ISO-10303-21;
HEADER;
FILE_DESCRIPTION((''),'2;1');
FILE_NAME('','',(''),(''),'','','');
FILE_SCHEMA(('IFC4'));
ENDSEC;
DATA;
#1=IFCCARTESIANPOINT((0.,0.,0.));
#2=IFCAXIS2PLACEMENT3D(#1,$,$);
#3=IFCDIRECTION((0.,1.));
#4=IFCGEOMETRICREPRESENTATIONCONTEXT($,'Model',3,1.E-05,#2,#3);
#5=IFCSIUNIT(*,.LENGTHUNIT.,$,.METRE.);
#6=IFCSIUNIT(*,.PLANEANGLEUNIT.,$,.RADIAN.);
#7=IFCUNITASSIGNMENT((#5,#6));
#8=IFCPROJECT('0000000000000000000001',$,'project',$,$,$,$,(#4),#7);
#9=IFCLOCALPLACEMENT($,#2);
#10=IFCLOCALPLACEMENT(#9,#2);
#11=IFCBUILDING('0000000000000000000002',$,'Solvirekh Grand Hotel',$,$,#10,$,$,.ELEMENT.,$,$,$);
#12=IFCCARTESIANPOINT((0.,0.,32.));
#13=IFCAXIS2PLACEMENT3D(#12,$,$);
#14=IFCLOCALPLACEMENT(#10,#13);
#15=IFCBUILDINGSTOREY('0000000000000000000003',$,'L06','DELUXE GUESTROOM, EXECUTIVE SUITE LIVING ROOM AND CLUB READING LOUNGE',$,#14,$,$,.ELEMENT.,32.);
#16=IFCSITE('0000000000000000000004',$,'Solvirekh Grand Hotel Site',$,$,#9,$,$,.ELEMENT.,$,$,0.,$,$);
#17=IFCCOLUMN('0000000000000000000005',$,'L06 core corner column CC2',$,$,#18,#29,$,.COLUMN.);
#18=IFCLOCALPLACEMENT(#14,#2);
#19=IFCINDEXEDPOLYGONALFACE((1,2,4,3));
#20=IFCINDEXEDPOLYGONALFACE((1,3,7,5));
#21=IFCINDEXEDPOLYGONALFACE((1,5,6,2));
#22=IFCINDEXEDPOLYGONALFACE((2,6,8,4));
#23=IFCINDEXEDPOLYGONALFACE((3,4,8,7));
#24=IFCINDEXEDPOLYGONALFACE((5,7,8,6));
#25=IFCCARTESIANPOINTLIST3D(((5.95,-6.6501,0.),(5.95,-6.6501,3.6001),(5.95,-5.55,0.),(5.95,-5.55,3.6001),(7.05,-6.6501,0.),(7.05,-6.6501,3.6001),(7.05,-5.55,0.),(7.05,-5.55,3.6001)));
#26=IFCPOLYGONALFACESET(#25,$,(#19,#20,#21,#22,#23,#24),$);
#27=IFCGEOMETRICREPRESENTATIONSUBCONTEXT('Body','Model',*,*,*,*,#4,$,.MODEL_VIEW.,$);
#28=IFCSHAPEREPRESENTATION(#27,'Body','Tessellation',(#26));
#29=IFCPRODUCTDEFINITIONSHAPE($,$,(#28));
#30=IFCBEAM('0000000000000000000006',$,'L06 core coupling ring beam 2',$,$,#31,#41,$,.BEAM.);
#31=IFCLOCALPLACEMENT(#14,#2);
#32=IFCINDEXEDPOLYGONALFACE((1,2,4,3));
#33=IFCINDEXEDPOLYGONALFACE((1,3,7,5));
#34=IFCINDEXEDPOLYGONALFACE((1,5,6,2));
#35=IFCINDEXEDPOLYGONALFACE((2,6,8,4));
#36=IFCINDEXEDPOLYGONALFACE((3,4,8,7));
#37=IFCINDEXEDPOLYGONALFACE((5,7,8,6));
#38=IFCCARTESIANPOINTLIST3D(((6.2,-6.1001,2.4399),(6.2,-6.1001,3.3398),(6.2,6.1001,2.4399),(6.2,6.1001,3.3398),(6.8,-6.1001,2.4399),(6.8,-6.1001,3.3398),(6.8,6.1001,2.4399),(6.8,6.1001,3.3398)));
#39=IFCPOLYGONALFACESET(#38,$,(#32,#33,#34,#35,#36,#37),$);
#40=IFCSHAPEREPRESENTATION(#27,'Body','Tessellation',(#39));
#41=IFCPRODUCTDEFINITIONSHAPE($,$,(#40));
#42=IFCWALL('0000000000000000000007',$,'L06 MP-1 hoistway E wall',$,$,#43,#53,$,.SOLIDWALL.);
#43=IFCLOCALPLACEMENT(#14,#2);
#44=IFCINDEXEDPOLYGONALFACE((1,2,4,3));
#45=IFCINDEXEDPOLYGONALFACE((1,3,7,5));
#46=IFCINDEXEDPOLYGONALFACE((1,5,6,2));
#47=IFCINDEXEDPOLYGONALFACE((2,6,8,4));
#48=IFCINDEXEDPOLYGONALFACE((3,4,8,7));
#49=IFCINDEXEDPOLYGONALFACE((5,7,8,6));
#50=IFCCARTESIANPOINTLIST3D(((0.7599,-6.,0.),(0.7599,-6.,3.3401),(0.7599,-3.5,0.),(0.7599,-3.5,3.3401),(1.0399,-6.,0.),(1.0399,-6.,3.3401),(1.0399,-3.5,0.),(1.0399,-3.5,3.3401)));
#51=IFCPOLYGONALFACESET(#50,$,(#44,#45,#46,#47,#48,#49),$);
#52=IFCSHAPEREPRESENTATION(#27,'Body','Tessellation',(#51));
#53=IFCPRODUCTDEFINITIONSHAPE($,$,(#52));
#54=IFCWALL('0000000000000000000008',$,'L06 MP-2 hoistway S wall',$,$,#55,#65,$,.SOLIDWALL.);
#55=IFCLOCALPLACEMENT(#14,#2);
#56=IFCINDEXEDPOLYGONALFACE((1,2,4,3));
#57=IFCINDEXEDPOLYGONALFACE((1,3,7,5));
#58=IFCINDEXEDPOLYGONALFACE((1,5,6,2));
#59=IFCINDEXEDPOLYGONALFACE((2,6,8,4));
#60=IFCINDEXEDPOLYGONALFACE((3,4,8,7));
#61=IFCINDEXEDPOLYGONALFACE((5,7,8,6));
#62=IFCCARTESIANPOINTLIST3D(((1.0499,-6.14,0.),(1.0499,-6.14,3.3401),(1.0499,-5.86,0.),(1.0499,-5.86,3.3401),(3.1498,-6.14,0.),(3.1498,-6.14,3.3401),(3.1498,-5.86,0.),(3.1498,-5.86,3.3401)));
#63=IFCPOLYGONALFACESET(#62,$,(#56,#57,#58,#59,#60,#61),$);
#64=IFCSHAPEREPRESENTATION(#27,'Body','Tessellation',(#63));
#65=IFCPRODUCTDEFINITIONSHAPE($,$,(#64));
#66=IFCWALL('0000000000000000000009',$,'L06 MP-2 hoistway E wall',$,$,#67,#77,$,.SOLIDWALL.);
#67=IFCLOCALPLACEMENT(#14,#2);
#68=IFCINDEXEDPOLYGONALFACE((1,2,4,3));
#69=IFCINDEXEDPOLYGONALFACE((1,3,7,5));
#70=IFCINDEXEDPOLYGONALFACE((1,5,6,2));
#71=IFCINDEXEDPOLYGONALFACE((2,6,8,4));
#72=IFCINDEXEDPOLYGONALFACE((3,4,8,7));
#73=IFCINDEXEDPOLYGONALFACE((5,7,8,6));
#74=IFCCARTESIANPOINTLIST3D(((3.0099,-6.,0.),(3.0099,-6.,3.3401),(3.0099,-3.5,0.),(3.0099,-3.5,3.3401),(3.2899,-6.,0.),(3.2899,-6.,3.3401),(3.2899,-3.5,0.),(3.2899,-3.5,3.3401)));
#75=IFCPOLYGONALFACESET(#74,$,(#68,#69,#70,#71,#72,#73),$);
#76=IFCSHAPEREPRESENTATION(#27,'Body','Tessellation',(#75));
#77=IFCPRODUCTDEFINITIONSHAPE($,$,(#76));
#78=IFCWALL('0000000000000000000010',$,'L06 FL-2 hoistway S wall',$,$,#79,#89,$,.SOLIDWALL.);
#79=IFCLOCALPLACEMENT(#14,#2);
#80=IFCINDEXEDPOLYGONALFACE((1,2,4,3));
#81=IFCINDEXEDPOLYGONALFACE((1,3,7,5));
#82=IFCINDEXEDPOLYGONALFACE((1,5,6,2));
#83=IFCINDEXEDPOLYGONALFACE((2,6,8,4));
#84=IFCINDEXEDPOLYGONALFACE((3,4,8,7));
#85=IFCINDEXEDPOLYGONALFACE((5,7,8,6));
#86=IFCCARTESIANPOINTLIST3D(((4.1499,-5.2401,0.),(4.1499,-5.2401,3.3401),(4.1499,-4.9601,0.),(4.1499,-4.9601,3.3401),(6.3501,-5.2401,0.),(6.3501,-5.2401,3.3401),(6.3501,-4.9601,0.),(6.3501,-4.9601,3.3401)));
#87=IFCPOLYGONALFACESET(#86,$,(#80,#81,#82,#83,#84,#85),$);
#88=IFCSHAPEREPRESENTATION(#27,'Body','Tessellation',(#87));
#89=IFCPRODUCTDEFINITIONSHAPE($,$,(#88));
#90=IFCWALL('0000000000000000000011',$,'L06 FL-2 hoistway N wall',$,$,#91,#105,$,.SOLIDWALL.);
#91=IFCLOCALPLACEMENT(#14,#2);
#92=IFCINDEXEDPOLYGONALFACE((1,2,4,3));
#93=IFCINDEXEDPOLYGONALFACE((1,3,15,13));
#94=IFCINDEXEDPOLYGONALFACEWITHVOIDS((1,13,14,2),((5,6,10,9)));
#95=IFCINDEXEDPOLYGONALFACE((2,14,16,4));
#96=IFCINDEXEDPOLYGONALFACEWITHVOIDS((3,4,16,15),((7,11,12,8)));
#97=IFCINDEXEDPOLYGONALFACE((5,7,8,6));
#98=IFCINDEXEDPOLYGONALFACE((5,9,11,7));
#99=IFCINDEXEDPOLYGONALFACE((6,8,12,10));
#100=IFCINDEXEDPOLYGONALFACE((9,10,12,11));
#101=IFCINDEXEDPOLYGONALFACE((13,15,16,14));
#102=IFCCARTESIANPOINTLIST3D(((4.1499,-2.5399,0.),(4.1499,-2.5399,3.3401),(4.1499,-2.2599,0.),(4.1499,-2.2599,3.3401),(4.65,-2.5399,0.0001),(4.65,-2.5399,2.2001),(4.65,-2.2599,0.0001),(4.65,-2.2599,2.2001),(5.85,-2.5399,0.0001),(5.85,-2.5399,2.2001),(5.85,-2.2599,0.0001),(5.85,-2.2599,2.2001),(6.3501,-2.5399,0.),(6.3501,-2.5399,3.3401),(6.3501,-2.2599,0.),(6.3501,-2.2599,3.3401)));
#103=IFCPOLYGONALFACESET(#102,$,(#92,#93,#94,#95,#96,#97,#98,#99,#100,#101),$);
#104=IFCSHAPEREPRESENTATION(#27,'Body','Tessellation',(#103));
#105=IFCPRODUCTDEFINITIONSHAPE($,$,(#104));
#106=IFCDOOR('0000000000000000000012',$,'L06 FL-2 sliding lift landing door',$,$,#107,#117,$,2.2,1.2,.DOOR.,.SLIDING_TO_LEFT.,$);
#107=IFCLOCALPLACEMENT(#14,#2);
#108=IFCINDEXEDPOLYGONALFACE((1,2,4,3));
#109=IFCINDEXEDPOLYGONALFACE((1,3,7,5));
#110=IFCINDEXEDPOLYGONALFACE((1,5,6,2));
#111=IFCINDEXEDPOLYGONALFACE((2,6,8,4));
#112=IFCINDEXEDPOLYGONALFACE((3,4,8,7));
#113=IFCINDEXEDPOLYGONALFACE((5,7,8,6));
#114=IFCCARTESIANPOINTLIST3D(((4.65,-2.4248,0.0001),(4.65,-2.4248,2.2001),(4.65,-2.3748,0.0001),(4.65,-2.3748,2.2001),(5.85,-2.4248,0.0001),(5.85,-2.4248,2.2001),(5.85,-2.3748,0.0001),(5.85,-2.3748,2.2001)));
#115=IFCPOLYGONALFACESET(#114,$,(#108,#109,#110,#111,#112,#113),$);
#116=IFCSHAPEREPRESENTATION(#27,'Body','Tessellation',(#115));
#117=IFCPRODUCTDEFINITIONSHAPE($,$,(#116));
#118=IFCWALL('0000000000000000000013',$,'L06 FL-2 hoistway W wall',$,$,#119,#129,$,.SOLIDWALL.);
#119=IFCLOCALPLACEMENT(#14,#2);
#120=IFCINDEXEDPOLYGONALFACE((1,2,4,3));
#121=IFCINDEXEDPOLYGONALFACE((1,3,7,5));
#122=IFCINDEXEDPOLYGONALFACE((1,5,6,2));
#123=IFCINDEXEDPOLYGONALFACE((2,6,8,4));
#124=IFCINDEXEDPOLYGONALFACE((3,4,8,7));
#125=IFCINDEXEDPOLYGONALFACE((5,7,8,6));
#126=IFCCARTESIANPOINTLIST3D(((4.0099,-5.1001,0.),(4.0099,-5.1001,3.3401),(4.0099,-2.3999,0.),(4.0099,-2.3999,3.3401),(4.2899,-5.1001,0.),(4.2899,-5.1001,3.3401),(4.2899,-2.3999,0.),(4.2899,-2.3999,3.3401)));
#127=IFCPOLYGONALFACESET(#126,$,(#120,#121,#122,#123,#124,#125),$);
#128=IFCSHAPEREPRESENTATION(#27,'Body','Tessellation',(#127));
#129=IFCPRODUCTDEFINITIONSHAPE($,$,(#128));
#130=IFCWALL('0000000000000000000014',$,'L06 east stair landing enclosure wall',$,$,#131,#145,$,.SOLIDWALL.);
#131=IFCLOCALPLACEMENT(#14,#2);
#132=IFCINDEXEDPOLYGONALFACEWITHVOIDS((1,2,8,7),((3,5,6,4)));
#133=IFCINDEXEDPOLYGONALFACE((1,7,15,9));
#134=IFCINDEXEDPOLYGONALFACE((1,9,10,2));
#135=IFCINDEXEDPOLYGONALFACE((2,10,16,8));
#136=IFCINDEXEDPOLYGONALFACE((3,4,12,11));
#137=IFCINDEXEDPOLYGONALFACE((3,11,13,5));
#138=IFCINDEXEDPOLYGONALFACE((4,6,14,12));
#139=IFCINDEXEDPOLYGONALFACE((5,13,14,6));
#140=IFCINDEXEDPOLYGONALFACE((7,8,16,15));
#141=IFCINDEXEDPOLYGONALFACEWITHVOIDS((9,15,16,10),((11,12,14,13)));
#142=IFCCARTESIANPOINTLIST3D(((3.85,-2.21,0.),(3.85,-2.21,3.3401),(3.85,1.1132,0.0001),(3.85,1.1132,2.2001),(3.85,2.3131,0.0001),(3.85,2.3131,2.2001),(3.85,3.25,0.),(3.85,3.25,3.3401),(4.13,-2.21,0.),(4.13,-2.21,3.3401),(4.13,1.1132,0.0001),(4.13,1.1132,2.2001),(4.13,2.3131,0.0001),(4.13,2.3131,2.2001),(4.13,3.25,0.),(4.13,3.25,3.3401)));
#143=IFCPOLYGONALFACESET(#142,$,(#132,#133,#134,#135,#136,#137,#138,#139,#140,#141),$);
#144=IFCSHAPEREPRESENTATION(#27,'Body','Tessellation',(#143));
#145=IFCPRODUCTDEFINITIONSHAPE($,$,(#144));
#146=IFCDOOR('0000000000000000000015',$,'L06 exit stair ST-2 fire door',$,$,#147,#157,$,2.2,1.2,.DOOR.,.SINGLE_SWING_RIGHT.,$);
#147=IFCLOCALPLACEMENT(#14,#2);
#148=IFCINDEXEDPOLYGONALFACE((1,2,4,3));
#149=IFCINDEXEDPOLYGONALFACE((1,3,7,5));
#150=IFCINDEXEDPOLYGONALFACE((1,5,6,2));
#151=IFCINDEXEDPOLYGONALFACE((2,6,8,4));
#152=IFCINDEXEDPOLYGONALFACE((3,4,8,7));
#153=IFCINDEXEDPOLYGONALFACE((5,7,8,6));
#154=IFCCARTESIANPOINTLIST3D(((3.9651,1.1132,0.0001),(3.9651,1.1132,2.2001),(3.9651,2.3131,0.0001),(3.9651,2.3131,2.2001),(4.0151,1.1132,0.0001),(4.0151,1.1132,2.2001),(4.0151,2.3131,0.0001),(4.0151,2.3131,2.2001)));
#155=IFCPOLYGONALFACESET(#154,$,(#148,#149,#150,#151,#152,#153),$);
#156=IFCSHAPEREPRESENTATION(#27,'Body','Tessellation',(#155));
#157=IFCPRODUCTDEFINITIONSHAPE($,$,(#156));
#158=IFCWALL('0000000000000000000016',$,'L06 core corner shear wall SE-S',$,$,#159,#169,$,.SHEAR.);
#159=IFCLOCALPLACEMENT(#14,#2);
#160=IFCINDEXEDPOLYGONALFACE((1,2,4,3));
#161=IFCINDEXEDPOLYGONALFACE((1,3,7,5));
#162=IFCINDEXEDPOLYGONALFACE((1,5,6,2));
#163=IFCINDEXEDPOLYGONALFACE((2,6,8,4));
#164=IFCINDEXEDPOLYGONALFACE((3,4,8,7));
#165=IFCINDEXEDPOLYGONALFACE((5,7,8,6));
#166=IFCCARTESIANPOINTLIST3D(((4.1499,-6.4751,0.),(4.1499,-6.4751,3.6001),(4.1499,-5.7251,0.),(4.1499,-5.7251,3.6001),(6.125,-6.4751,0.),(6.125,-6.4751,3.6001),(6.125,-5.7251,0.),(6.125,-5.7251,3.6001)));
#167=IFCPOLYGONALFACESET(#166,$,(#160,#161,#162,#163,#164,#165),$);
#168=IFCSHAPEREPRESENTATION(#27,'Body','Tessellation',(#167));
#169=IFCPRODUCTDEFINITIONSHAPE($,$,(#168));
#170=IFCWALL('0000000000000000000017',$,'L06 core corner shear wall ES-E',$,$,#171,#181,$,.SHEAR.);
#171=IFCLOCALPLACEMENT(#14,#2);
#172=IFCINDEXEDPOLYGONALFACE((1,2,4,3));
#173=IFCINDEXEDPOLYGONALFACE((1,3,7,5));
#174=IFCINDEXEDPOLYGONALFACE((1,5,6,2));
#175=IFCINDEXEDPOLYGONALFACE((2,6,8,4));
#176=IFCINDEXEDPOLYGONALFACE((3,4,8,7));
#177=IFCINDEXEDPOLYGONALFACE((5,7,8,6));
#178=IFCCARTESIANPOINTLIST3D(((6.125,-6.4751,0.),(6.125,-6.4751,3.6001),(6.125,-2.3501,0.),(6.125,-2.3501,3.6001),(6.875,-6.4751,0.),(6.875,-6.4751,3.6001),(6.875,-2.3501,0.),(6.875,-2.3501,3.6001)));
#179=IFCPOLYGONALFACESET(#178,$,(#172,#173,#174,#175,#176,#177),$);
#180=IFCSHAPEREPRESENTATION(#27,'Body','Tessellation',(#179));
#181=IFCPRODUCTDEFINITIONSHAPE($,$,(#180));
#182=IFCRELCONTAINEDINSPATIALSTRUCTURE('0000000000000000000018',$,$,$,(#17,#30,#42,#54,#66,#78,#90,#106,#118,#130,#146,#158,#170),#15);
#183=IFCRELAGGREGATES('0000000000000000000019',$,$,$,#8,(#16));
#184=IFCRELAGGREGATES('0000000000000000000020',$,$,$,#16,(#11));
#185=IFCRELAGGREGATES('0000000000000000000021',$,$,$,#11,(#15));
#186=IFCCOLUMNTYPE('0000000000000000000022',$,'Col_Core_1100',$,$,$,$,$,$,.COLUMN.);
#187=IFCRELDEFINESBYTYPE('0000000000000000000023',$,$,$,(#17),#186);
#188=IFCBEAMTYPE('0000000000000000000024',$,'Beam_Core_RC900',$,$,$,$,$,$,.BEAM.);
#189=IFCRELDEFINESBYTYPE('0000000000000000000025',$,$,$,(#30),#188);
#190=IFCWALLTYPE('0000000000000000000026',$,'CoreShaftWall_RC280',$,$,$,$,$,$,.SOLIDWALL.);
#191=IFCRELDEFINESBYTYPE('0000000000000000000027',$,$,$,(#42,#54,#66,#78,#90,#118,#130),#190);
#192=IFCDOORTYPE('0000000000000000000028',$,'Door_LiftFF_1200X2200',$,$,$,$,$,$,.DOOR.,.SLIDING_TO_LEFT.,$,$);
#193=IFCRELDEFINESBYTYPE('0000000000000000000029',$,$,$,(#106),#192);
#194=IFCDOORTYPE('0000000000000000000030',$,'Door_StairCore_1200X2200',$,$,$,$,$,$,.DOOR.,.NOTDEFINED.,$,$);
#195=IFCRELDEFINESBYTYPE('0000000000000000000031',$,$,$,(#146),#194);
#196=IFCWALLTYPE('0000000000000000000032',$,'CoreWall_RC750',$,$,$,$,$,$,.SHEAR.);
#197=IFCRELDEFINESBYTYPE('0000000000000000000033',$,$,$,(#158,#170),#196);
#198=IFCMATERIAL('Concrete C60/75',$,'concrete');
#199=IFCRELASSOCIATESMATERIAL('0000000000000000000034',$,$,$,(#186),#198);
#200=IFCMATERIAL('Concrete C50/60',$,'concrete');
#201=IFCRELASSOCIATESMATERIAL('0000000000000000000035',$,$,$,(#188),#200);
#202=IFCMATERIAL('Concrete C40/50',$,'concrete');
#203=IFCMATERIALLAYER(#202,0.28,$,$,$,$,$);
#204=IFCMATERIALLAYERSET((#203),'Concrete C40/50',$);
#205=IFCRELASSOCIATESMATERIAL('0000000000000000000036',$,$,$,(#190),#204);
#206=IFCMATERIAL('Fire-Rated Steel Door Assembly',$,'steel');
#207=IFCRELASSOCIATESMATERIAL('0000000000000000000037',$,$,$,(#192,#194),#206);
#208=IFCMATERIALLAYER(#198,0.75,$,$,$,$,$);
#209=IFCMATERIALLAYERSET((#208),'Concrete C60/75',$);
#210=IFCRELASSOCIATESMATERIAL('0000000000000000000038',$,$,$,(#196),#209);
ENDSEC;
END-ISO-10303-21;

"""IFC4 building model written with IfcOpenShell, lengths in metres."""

from ifc_helpers import new_model, si_unit, direction, frame, frame_2d, origin, origin_2d, place, context, subcontext, project, spatial, rectangle, extrude, material, layer, layer_set, material_profile, profile_set, type_object, element, fill, save


model = new_model("IFC4")

# Units and contexts
model_context = context("Model", 3, precision=1e-05, world=origin(), true_north=direction((0.0, 1.0)))
body_context = subcontext(model_context, "Body", "Model", "MODEL_VIEW")
ifc_project = project(units=[si_unit("LENGTHUNIT", "METRE"), si_unit("PLANEANGLEUNIT", "RADIAN")], contexts=[model_context])

# Site, building, storey
site_placement = place(None, origin())
site = spatial("IfcSite", under=ifc_project, at=site_placement, Name="Solvirekh Grand Hotel Site", CompositionType="ELEMENT", RefElevation=0.0)
building_placement = place(site_placement, origin())
building = spatial("IfcBuilding", under=site, at=building_placement, Name="Solvirekh Grand Hotel", CompositionType="ELEMENT")
storey_placement = place(building_placement, frame((0.0, 0.0, 32.0)))
storey = spatial("IfcBuildingStorey", under=building, at=storey_placement, Name="L06", Description="DELUXE GUESTROOM, EXECUTIVE SUITE LIVING ROOM AND CLUB READING LOUNGE", CompositionType="ELEMENT", Elevation=32.0)

# Column
ifc_material_1 = material(Name="Concrete C60/75", Category="concrete")
ifc_material_profile_1 = material_profile(ifc_material_1, rectangle(XDim=1.1001, YDim=1.1001, at=origin_2d()), Name="RC 1100X1100")
ifc_profile_set_1 = profile_set([ifc_material_profile_1], Name="Concrete C60/75")
column_type = type_object("IfcColumnType", Name="Col_Core_1100", PredefinedType="COLUMN", material=ifc_profile_set_1)
column_placement = place(storey_placement, frame((6.5, -6.1001, 0.0), z_axis=(0.0, 0.0, 1.0), x_axis=(1.0, 0.0, 0.0)))
element("IfcColumn", 1, at=column_placement, inside=storey, type_object=column_type, Name="L06 core corner column CC2", PredefinedType="COLUMN", context=body_context, shape_type="SweptSolid", body=[
    extrude(rectangle(XDim=1.1001, YDim=1.1001, at=origin_2d()), origin(), (0.0, 0.0, 1.0), 3.6001),
])

# Beam
ifc_material_2 = material(Name="Concrete C50/60", Category="concrete")
ifc_material_profile_2 = material_profile(ifc_material_2, rectangle(XDim=0.6001, YDim=0.8999, at=origin_2d()), Name="RC BEAM 600X900")
ifc_profile_set_2 = profile_set([ifc_material_profile_2], Name="Concrete C50/60")
beam_type = type_object("IfcBeamType", Name="Beam_Core_RC900", PredefinedType="BEAM", material=ifc_profile_set_2)
beam_placement = place(storey_placement, frame((6.5, -6.1001, 2.8899), z_axis=(0.0, 1.0, 0.0), x_axis=(-1.0, 0.0, 0.0)))
element("IfcBeam", 2, at=beam_placement, inside=storey, type_object=beam_type, Name="L06 core coupling ring beam 2", PredefinedType="BEAM", context=body_context, shape_type="SweptSolid", body=[
    extrude(rectangle(XDim=0.6001, YDim=0.8999, at=origin_2d()), origin(), (0.0, 0.0, 1.0), 12.2002),
])

# Walls
ifc_material_3 = material(Name="Concrete C40/50", Category="concrete")
ifc_layer_1 = layer(ifc_material_3, 0.28)
ifc_layer_set_1 = layer_set([ifc_layer_1], Name="Concrete C40/50")
wall_type_1 = type_object("IfcWallType", Name="CoreShaftWall_RC280", PredefinedType="SOLIDWALL", material=ifc_layer_set_1)
wall_1_placement = place(storey_placement, frame((0.8999, -6.0, 0.0), z_axis=(0.0, 0.0, 1.0), x_axis=(0.0, 1.0, 0.0)))
element("IfcWall", 3, at=wall_1_placement, inside=storey, type_object=wall_type_1, Name="L06 MP-1 hoistway E wall", PredefinedType="SOLIDWALL", context=body_context, shape_type="SweptSolid", body=[
    extrude(rectangle(XDim=2.5, YDim=0.28, at=frame_2d((1.25, 0.0))), origin(), (0.0, 0.0, 1.0), 3.3401),
])
wall_2_placement = place(storey_placement, frame((1.05, -6.0, 0.0), z_axis=(0.0, 0.0, 1.0), x_axis=(1.0, 0.0, 0.0)))
element("IfcWall", 4, at=wall_2_placement, inside=storey, type_object=wall_type_1, Name="L06 MP-2 hoistway S wall", PredefinedType="SOLIDWALL", context=body_context, shape_type="SweptSolid", body=[
    extrude(rectangle(XDim=2.0999, YDim=0.28, at=frame_2d((1.0498, 0.0))), origin(), (0.0, 0.0, 1.0), 3.3401),
])
wall_3_placement = place(storey_placement, frame((3.1499, -6.0, 0.0), z_axis=(0.0, 0.0, 1.0), x_axis=(0.0, 1.0, 0.0)))
element("IfcWall", 5, at=wall_3_placement, inside=storey, type_object=wall_type_1, Name="L06 MP-2 hoistway E wall", PredefinedType="SOLIDWALL", context=body_context, shape_type="SweptSolid", body=[
    extrude(rectangle(XDim=2.5, YDim=0.28, at=frame_2d((1.25, 0.0))), origin(), (0.0, 0.0, 1.0), 3.3401),
])
wall_4_placement = place(storey_placement, frame((4.1499, -5.1001, 0.0), z_axis=(0.0, 0.0, 1.0), x_axis=(1.0, 0.0, 0.0)))
element("IfcWall", 6, at=wall_4_placement, inside=storey, type_object=wall_type_1, Name="L06 FL-2 hoistway S wall", PredefinedType="SOLIDWALL", context=body_context, shape_type="SweptSolid", body=[
    extrude(rectangle(XDim=2.2002, YDim=0.28, at=frame_2d((1.1001, 0.0))), origin(), (0.0, 0.0, 1.0), 3.3401),
])

# Wall, opening, door
wall_5_placement = place(storey_placement, frame((6.3501, -2.3999, 0.0), z_axis=(0.0, 0.0, 1.0), x_axis=(-1.0, 0.0, 0.0)))
wall_5 = element("IfcWall", 7, at=wall_5_placement, inside=storey, type_object=wall_type_1, Name="L06 FL-2 hoistway N wall", PredefinedType="SOLIDWALL", context=body_context, shape_type="SweptSolid", body=[
    extrude(rectangle(XDim=2.2002, YDim=0.28, at=frame_2d((1.1001, 0.0))), origin(), (0.0, 0.0, 1.0), 3.3401),
])
opening_1_placement = place(wall_5_placement, frame((0.5, 0.0, 0.0)))
opening_1 = element("IfcOpeningElement", 8, at=opening_1_placement, cuts=wall_5, PredefinedType="OPENING", context=body_context, shape_type="SweptSolid", body=[
    extrude(rectangle(XDim=1.2, YDim=2.2, at=frame_2d((0.6001, 1.1001))), frame((0.0, 0.1499, 0.0), z_axis=(0.0, -1.0, 0.0), x_axis=(1.0, 0.0, 0.0)), (0.0, 0.0, 1.0), 0.3),
])
ifc_material_4 = material(Name="Fire-Rated Steel Door Assembly", Category="steel")
door_type_1 = type_object("IfcDoorType", Name="Door_LiftFF_1200X2200", OperationType="SLIDING_TO_LEFT", PredefinedType="DOOR", material=ifc_material_4)
door_1_placement = place(opening_1_placement, origin())
door_1 = element("IfcDoor", 9, at=door_1_placement, inside=storey, type_object=door_type_1, Name="L06 FL-2 sliding lift landing door", OperationType="SLIDING_TO_LEFT", OverallHeight=2.2, OverallWidth=1.2, PredefinedType="DOOR", context=body_context, shape_type="SweptSolid", body=[
    extrude(rectangle(XDim=1.2, YDim=2.2, at=frame_2d((0.6001, 1.1001))), frame((0.0, 0.0249, 0.0), z_axis=(0.0, -1.0, 0.0), x_axis=(1.0, 0.0, 0.0)), (0.0, 0.0, 1.0), 0.05),
])
fill(opening_1, door_1)

# Wall
wall_6_placement = place(storey_placement, frame((4.1499, -2.3999, 0.0), z_axis=(0.0, 0.0, 1.0), x_axis=(0.0, -1.0, 0.0)))
element("IfcWall", 10, at=wall_6_placement, inside=storey, type_object=wall_type_1, Name="L06 FL-2 hoistway W wall", PredefinedType="SOLIDWALL", context=body_context, shape_type="SweptSolid", body=[
    extrude(rectangle(XDim=2.7002, YDim=0.28, at=frame_2d((1.3501, 0.0))), origin(), (0.0, 0.0, 1.0), 3.3401),
])

# Wall, opening, door
wall_7_placement = place(storey_placement, frame((3.99, -2.21, 0.0), z_axis=(0.0, 0.0, 1.0), x_axis=(0.0, 1.0, 0.0)))
wall_7 = element("IfcWall", 11, at=wall_7_placement, inside=storey, type_object=wall_type_1, Name="L06 east stair landing enclosure wall", PredefinedType="SOLIDWALL", context=body_context, shape_type="SweptSolid", body=[
    extrude(rectangle(XDim=5.46, YDim=0.28, at=frame_2d((2.73, 0.0))), origin(), (0.0, 0.0, 1.0), 3.3401),
])
opening_2_placement = place(wall_7_placement, frame((3.323, 0.0, 0.0)))
opening_2 = element("IfcOpeningElement", 12, at=opening_2_placement, cuts=wall_7, PredefinedType="OPENING", context=body_context, shape_type="SweptSolid", body=[
    extrude(rectangle(XDim=1.2, YDim=2.2, at=frame_2d((0.6001, 1.1001))), frame((0.0, 0.1499, 0.0), z_axis=(0.0, -1.0, 0.0), x_axis=(1.0, 0.0, 0.0)), (0.0, 0.0, 1.0), 0.3),
])
door_type_2 = type_object("IfcDoorType", Name="Door_StairCore_1200X2200", OperationType="NOTDEFINED", PredefinedType="DOOR", material=ifc_material_4)
door_2_placement = place(opening_2_placement, origin())
door_2 = element("IfcDoor", 13, at=door_2_placement, inside=storey, type_object=door_type_2, Name="L06 exit stair ST-2 fire door", OperationType="SINGLE_SWING_RIGHT", OverallHeight=2.2, OverallWidth=1.2, PredefinedType="DOOR", context=body_context, shape_type="SweptSolid", body=[
    extrude(rectangle(XDim=1.2, YDim=2.2, at=frame_2d((0.6001, 1.1001))), frame((0.0, 0.0249, 0.0), z_axis=(0.0, -1.0, 0.0), x_axis=(1.0, 0.0, 0.0)), (0.0, 0.0, 1.0), 0.05),
])
fill(opening_2, door_2)

# Walls
ifc_layer_2 = layer(ifc_material_1, 0.75)
ifc_layer_set_2 = layer_set([ifc_layer_2], Name="Concrete C60/75")
wall_type_2 = type_object("IfcWallType", Name="CoreWall_RC750", PredefinedType="SHEAR", material=ifc_layer_set_2)
wall_8_placement = place(storey_placement, frame((4.1499, -6.1001, 0.0), z_axis=(0.0, 0.0, 1.0), x_axis=(1.0, 0.0, 0.0)))
element("IfcWall", 14, at=wall_8_placement, inside=storey, type_object=wall_type_2, Name="L06 core corner shear wall SE-S", PredefinedType="SHEAR", context=body_context, shape_type="SweptSolid", body=[
    extrude(rectangle(XDim=1.9751, YDim=0.75, at=frame_2d((0.9875, 0.0))), origin(), (0.0, 0.0, 1.0), 3.6001),
])
wall_9_placement = place(storey_placement, frame((6.5, -6.4751, 0.0), z_axis=(0.0, 0.0, 1.0), x_axis=(0.0, 1.0, 0.0)))
element("IfcWall", 15, at=wall_9_placement, inside=storey, type_object=wall_type_2, Name="L06 core corner shear wall ES-E", PredefinedType="SHEAR", context=body_context, shape_type="SweptSolid", body=[
    extrude(rectangle(XDim=4.125, YDim=0.75, at=frame_2d((2.0625, 0.0))), origin(), (0.0, 0.0, 1.0), 3.6001),
])

save(model, "model.ifc")
